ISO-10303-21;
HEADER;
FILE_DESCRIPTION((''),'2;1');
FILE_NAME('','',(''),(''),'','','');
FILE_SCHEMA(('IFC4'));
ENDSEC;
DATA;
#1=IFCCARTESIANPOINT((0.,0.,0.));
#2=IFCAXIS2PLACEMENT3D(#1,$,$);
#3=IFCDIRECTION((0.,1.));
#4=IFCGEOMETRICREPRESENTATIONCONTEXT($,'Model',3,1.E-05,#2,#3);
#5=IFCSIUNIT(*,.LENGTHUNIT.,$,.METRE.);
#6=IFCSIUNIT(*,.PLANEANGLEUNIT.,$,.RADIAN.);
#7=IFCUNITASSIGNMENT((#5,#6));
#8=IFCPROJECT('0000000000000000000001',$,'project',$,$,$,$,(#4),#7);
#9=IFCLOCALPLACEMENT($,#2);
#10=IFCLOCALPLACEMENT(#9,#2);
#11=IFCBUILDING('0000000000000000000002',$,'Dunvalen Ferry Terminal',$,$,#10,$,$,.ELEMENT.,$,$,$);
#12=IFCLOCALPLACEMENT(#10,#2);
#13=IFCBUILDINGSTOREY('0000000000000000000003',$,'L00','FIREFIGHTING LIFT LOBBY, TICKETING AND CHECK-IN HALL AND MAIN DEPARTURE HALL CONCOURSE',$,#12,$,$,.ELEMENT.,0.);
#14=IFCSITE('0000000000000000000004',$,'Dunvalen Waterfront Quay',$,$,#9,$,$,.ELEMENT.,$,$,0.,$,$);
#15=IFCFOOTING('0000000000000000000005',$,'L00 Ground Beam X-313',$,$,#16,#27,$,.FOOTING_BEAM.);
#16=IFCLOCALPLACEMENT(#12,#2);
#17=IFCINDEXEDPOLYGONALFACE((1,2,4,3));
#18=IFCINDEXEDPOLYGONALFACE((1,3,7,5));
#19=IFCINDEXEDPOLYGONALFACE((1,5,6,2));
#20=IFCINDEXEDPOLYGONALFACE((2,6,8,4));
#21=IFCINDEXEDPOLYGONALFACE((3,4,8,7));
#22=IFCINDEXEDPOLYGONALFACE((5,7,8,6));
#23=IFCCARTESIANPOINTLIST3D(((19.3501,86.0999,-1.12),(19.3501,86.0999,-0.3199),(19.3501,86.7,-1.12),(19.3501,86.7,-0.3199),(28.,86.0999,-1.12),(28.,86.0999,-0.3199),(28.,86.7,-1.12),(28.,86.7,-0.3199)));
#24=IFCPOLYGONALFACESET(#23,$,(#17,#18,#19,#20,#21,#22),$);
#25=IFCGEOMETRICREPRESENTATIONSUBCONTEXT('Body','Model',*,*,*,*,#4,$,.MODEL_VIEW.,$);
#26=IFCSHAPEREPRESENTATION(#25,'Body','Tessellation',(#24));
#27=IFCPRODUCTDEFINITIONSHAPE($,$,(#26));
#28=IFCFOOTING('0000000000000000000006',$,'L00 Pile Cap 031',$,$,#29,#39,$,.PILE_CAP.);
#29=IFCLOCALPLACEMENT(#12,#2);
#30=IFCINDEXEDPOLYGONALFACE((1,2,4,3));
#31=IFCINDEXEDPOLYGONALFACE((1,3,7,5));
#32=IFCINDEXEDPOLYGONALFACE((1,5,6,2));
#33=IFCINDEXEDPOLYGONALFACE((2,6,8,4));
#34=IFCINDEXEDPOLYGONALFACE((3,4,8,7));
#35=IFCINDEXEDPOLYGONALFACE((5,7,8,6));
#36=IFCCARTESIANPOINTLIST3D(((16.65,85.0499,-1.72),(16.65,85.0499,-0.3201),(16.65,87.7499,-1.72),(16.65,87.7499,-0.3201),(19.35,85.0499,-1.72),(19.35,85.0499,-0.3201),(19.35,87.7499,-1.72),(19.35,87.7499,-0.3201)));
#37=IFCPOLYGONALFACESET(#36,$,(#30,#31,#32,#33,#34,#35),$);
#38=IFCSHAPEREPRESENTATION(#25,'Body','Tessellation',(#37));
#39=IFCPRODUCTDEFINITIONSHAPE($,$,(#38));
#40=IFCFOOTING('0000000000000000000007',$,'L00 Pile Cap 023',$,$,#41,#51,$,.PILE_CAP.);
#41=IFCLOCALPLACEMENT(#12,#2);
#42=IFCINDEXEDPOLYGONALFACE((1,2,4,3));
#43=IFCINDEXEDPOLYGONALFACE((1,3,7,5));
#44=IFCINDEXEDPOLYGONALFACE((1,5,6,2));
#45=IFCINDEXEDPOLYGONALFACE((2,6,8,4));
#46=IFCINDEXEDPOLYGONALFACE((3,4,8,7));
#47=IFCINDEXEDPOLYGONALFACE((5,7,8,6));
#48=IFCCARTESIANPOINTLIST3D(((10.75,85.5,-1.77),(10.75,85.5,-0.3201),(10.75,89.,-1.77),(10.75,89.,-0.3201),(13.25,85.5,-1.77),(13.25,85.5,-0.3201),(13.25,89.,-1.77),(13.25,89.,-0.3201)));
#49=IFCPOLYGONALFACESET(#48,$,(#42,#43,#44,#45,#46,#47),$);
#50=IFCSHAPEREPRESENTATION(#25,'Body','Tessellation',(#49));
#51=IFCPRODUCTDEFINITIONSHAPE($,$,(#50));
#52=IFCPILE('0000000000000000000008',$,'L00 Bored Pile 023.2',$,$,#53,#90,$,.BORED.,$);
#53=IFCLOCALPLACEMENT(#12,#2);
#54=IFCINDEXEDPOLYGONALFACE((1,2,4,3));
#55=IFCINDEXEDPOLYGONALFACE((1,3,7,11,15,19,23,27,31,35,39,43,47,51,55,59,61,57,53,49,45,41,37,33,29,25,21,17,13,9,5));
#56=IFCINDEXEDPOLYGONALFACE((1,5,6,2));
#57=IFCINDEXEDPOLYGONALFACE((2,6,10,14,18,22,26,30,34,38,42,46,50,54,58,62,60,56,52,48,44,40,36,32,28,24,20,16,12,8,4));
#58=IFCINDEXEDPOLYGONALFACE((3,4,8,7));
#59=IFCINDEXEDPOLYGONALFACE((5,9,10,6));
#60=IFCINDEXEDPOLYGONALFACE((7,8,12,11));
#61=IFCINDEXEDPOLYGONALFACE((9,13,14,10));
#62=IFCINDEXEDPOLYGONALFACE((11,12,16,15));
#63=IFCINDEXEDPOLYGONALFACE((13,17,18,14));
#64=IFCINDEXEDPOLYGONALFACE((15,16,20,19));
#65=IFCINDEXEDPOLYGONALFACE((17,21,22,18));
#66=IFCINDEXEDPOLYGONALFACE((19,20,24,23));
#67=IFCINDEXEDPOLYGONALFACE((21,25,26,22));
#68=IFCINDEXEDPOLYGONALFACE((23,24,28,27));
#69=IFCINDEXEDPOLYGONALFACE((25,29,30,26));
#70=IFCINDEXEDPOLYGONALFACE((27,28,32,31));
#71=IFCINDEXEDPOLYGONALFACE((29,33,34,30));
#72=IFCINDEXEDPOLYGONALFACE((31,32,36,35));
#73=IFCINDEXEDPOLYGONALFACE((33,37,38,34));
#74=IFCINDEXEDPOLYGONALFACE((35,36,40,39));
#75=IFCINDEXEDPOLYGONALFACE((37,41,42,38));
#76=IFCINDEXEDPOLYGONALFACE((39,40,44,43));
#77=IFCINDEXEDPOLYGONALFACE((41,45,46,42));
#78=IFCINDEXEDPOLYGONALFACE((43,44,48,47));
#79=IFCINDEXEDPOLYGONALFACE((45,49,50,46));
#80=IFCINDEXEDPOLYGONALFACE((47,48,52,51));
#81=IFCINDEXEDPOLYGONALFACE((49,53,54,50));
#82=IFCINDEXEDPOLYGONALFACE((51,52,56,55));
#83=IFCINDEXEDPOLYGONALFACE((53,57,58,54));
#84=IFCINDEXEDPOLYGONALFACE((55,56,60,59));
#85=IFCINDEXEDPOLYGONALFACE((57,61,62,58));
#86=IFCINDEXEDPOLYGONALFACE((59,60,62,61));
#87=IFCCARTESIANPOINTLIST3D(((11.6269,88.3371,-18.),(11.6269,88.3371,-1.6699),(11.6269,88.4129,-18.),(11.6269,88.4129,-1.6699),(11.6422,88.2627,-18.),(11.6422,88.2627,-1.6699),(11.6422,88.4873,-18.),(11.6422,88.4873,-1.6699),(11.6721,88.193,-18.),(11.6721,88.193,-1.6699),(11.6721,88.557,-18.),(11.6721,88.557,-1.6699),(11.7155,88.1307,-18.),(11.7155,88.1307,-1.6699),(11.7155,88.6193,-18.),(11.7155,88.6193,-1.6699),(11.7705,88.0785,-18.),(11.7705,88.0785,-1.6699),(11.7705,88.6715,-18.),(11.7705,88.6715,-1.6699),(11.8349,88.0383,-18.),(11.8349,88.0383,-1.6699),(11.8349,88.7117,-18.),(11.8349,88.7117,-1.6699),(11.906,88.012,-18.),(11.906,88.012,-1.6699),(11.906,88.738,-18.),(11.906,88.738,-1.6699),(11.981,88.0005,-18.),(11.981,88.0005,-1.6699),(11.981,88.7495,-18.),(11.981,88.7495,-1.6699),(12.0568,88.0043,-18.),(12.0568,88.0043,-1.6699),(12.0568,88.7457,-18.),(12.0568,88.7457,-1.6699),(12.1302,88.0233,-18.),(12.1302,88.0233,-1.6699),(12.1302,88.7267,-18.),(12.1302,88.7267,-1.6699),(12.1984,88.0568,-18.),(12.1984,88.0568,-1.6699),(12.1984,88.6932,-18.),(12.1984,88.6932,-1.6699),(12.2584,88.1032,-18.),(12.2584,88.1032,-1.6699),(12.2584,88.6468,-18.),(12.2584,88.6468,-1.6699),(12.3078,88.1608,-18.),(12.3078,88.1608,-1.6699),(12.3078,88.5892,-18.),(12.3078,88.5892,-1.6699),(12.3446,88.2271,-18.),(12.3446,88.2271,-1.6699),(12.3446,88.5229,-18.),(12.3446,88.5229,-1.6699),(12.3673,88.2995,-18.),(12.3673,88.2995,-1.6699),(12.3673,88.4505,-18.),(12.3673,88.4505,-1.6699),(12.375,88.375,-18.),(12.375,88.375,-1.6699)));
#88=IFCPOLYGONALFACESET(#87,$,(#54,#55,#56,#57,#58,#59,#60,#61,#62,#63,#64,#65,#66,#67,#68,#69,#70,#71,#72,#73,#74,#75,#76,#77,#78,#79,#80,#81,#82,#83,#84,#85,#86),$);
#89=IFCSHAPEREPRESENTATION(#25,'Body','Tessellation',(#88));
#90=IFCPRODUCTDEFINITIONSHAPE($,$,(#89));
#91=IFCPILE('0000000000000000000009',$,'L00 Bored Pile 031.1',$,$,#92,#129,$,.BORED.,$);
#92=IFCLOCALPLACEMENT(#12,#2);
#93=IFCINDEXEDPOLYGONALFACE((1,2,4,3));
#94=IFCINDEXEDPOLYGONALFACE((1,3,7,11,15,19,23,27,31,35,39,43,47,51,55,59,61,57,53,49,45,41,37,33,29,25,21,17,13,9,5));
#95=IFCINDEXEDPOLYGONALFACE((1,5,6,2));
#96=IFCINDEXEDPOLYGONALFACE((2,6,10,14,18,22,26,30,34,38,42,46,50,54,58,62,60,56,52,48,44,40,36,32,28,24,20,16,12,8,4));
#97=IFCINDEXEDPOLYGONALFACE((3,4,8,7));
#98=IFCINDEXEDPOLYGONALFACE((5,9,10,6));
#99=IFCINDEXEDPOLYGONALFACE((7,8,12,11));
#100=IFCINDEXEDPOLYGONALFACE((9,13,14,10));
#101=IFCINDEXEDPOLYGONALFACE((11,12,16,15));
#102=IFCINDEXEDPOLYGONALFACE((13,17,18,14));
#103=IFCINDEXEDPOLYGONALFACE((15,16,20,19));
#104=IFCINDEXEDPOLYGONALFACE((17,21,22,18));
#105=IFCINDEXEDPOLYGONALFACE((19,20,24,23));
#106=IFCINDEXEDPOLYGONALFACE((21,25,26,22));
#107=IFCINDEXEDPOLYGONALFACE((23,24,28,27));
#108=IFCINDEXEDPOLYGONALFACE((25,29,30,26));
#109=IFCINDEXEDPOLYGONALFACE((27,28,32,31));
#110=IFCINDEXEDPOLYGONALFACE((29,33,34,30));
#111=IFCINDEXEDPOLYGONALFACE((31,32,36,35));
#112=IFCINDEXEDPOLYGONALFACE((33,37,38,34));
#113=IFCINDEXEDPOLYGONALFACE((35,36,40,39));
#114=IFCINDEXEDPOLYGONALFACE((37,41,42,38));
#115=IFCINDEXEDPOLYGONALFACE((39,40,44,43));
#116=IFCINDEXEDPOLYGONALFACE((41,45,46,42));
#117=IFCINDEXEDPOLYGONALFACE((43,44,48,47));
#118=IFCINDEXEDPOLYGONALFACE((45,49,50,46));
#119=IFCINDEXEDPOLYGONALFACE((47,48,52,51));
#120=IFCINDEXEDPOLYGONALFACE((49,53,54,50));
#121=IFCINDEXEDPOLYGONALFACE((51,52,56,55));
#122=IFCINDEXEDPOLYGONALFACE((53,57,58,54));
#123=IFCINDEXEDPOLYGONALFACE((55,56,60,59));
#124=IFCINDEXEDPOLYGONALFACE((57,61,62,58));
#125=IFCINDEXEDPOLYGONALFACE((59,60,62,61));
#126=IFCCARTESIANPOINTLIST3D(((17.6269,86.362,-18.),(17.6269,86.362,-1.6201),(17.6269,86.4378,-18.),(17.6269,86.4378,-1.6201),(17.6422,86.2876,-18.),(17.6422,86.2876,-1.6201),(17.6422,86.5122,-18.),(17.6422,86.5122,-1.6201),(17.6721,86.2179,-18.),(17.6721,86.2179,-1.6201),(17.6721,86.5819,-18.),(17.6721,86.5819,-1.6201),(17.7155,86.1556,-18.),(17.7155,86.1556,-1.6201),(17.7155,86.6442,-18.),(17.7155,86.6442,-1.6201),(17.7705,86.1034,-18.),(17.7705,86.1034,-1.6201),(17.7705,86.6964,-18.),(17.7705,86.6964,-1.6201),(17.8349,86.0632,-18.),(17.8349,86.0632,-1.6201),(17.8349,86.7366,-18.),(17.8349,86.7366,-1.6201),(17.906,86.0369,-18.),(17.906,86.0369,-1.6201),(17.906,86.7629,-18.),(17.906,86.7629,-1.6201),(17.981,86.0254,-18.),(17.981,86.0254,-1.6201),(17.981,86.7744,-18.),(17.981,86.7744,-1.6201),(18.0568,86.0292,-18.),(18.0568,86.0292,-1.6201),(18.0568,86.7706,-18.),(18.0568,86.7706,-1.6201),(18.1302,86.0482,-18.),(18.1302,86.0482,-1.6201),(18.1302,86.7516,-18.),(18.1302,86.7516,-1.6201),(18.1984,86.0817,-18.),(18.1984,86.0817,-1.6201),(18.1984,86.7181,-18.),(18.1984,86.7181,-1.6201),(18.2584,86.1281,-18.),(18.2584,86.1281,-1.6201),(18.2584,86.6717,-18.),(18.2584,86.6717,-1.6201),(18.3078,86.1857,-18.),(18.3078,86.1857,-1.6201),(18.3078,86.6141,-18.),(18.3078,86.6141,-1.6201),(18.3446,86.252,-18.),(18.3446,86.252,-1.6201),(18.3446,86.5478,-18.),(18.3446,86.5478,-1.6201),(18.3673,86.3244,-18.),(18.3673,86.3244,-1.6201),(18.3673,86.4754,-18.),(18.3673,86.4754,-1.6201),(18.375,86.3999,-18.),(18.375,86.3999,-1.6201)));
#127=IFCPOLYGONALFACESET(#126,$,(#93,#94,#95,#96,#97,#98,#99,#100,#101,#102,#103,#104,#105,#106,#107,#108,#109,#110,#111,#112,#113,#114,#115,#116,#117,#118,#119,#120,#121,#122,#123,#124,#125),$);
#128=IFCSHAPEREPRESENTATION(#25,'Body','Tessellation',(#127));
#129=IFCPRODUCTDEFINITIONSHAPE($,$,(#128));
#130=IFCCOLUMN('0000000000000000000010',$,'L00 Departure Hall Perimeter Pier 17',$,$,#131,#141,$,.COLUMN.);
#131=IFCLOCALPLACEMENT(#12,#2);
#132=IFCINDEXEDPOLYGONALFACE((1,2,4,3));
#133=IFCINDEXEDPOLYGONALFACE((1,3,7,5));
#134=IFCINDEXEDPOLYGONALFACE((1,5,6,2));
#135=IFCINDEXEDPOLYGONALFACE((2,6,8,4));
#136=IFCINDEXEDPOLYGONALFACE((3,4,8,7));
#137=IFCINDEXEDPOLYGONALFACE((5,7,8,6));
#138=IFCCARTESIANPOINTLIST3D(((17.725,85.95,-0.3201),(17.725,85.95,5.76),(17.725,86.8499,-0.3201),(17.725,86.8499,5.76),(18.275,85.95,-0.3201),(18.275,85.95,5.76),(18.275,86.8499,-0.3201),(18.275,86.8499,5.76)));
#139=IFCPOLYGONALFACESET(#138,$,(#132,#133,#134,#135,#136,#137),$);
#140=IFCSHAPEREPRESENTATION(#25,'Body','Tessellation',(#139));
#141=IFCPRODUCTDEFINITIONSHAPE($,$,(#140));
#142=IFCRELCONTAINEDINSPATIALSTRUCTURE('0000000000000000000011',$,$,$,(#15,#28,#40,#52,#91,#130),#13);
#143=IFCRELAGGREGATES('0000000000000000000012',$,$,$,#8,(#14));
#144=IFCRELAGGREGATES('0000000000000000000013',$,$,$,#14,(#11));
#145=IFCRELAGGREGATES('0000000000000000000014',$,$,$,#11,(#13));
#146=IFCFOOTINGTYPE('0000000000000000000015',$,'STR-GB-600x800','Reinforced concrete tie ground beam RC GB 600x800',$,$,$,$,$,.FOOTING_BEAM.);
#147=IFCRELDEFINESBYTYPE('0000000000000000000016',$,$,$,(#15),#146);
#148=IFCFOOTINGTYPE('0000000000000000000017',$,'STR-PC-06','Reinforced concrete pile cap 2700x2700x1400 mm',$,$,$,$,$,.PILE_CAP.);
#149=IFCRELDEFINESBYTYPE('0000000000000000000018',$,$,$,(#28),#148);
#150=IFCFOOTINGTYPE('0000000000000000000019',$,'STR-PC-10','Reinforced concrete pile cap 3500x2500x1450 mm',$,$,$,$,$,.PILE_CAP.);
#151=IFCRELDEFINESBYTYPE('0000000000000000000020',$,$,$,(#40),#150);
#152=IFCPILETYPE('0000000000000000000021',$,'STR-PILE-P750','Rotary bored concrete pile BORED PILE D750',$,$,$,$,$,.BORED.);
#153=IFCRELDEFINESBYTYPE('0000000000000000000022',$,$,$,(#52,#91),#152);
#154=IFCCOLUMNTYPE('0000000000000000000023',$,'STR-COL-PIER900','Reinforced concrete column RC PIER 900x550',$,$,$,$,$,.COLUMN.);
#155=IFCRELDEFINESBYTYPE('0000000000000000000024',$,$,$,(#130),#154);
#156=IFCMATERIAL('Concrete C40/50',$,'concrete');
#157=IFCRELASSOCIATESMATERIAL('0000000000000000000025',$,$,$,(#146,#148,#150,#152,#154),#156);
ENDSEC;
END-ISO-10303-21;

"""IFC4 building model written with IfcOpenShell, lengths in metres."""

from ifc_helpers import new_model, si_unit, direction, frame, origin, origin_2d, place, context, subcontext, project, spatial, rectangle, circle, extrude, material, material_profile, profile_set, type_object, element, save


model = new_model("IFC4")

# Units and contexts
model_context = context("Model", 3, precision=1e-05, world=origin(), true_north=direction((0.0, 1.0)))
body_context = subcontext(model_context, "Body", "Model", "MODEL_VIEW")
ifc_project = project(units=[si_unit("LENGTHUNIT", "METRE"), si_unit("PLANEANGLEUNIT", "RADIAN")], contexts=[model_context])

# Site, building, storey
site_placement = place(None, origin())
site = spatial("IfcSite", under=ifc_project, at=site_placement, Name="Dunvalen Waterfront Quay", CompositionType="ELEMENT", RefElevation=0.0)
building_placement = place(site_placement, origin())
building = spatial("IfcBuilding", under=site, at=building_placement, Name="Dunvalen Ferry Terminal", CompositionType="ELEMENT")
storey_placement = place(building_placement, origin())
storey = spatial("IfcBuildingStorey", under=building, at=storey_placement, Name="L00", Description="FIREFIGHTING LIFT LOBBY, TICKETING AND CHECK-IN HALL AND MAIN DEPARTURE HALL CONCOURSE", CompositionType="ELEMENT", Elevation=0.0)

# Footings
ifc_material_1 = material(Name="Concrete C40/50", Category="concrete")
ifc_material_profile_1 = material_profile(ifc_material_1, rectangle(XDim=0.6001, YDim=0.8, at=origin_2d()), Name="Concrete C40/50")
ifc_profile_set_1 = profile_set([ifc_material_profile_1], Name="Concrete C40/50")
footing_type_1 = type_object("IfcFootingType", Name="STR-GB-600x800", Description="Reinforced concrete tie ground beam RC GB 600x800", PredefinedType="FOOTING_BEAM", material=ifc_profile_set_1)
footing_1_placement = place(storey_placement, frame((19.3501, 86.3999, -0.72), z_axis=(1.0, 0.0, 0.0), x_axis=(0.0, 1.0, 0.0)))
element("IfcFooting", 1, at=footing_1_placement, inside=storey, type_object=footing_type_1, Name="L00 Ground Beam X-313", PredefinedType="FOOTING_BEAM", context=body_context, shape_type="SweptSolid", body=[
    extrude(rectangle(XDim=0.6001, YDim=0.8, at=origin_2d()), origin(), (0.0, 0.0, 1.0), 8.6499),
])
footing_type_2 = type_object("IfcFootingType", Name="STR-PC-06", Description="Reinforced concrete pile cap 2700x2700x1400 mm", PredefinedType="PILE_CAP", material=ifc_material_1)
footing_2_placement = place(storey_placement, frame((18.0, 86.3999, -1.72), z_axis=(0.0, 0.0, 1.0), x_axis=(1.0, 0.0, 0.0)))
element("IfcFooting", 2, at=footing_2_placement, inside=storey, type_object=footing_type_2, Name="L00 Pile Cap 031", PredefinedType="PILE_CAP", context=body_context, shape_type="SweptSolid", body=[
    extrude(rectangle(XDim=2.7, YDim=2.7, at=origin_2d()), origin(), (0.0, 0.0, 1.0), 1.3999),
])
footing_type_3 = type_object("IfcFootingType", Name="STR-PC-10", Description="Reinforced concrete pile cap 3500x2500x1450 mm", PredefinedType="PILE_CAP", material=ifc_material_1)
footing_3_placement = place(storey_placement, frame((12.0, 87.25, -1.77), z_axis=(0.0, 0.0, 1.0), x_axis=(0.0, 1.0, 0.0)))
element("IfcFooting", 3, at=footing_3_placement, inside=storey, type_object=footing_type_3, Name="L00 Pile Cap 023", PredefinedType="PILE_CAP", context=body_context, shape_type="SweptSolid", body=[
    extrude(rectangle(XDim=3.5, YDim=2.5, at=origin_2d()), origin(), (0.0, 0.0, 1.0), 1.45),
])

# Piles
ifc_material_profile_2 = material_profile(ifc_material_1, circle(Radius=0.375, at=origin_2d()), Name="Concrete C40/50")
ifc_profile_set_2 = profile_set([ifc_material_profile_2], Name="Concrete C40/50")
pile_type = type_object("IfcPileType", Name="STR-PILE-P750", Description="Rotary bored concrete pile BORED PILE D750", PredefinedType="BORED", material=ifc_profile_set_2)
pile_1_placement = place(storey_placement, frame((12.0, 88.375, -1.6699), z_axis=(0.0, 0.0, -1.0), x_axis=(1.0, 0.0, 0.0)))
element("IfcPile", 4, at=pile_1_placement, inside=storey, type_object=pile_type, Name="L00 Bored Pile 023.2", PredefinedType="BORED", context=body_context, shape_type="SweptSolid", body=[
    extrude(circle(Radius=0.375, at=origin_2d()), origin(), (0.0, 0.0, 1.0), 16.3301),
])
pile_2_placement = place(storey_placement, frame((18.0, 86.3999, -1.6201), z_axis=(0.0, 0.0, -1.0), x_axis=(1.0, 0.0, 0.0)))
element("IfcPile", 5, at=pile_2_placement, inside=storey, type_object=pile_type, Name="L00 Bored Pile 031.1", PredefinedType="BORED", context=body_context, shape_type="SweptSolid", body=[
    extrude(circle(Radius=0.375, at=origin_2d()), origin(), (0.0, 0.0, 1.0), 16.3799),
])

# Column
ifc_material_profile_3 = material_profile(ifc_material_1, rectangle(XDim=0.55, YDim=0.8999, at=origin_2d()), Name="Concrete C40/50")
ifc_profile_set_3 = profile_set([ifc_material_profile_3], Name="Concrete C40/50")
column_type_1 = type_object("IfcColumnType", Name="STR-COL-PIER900", Description="Reinforced concrete column RC PIER 900x550", PredefinedType="COLUMN", material=ifc_profile_set_3)
column_1_placement = place(storey_placement, frame((18.0, 86.3999, -0.3201), z_axis=(0.0, 0.0, 1.0), x_axis=(1.0, 0.0, 0.0)))
element("IfcColumn", 6, at=column_1_placement, inside=storey, type_object=column_type_1, Name="L00 Departure Hall Perimeter Pier 17", PredefinedType="COLUMN", context=body_context, shape_type="SweptSolid", body=[
    extrude(rectangle(XDim=0.55, YDim=0.8999, at=origin_2d()), origin(), (0.0, 0.0, 1.0), 6.0801),
])

save(model, "model.ifc")
